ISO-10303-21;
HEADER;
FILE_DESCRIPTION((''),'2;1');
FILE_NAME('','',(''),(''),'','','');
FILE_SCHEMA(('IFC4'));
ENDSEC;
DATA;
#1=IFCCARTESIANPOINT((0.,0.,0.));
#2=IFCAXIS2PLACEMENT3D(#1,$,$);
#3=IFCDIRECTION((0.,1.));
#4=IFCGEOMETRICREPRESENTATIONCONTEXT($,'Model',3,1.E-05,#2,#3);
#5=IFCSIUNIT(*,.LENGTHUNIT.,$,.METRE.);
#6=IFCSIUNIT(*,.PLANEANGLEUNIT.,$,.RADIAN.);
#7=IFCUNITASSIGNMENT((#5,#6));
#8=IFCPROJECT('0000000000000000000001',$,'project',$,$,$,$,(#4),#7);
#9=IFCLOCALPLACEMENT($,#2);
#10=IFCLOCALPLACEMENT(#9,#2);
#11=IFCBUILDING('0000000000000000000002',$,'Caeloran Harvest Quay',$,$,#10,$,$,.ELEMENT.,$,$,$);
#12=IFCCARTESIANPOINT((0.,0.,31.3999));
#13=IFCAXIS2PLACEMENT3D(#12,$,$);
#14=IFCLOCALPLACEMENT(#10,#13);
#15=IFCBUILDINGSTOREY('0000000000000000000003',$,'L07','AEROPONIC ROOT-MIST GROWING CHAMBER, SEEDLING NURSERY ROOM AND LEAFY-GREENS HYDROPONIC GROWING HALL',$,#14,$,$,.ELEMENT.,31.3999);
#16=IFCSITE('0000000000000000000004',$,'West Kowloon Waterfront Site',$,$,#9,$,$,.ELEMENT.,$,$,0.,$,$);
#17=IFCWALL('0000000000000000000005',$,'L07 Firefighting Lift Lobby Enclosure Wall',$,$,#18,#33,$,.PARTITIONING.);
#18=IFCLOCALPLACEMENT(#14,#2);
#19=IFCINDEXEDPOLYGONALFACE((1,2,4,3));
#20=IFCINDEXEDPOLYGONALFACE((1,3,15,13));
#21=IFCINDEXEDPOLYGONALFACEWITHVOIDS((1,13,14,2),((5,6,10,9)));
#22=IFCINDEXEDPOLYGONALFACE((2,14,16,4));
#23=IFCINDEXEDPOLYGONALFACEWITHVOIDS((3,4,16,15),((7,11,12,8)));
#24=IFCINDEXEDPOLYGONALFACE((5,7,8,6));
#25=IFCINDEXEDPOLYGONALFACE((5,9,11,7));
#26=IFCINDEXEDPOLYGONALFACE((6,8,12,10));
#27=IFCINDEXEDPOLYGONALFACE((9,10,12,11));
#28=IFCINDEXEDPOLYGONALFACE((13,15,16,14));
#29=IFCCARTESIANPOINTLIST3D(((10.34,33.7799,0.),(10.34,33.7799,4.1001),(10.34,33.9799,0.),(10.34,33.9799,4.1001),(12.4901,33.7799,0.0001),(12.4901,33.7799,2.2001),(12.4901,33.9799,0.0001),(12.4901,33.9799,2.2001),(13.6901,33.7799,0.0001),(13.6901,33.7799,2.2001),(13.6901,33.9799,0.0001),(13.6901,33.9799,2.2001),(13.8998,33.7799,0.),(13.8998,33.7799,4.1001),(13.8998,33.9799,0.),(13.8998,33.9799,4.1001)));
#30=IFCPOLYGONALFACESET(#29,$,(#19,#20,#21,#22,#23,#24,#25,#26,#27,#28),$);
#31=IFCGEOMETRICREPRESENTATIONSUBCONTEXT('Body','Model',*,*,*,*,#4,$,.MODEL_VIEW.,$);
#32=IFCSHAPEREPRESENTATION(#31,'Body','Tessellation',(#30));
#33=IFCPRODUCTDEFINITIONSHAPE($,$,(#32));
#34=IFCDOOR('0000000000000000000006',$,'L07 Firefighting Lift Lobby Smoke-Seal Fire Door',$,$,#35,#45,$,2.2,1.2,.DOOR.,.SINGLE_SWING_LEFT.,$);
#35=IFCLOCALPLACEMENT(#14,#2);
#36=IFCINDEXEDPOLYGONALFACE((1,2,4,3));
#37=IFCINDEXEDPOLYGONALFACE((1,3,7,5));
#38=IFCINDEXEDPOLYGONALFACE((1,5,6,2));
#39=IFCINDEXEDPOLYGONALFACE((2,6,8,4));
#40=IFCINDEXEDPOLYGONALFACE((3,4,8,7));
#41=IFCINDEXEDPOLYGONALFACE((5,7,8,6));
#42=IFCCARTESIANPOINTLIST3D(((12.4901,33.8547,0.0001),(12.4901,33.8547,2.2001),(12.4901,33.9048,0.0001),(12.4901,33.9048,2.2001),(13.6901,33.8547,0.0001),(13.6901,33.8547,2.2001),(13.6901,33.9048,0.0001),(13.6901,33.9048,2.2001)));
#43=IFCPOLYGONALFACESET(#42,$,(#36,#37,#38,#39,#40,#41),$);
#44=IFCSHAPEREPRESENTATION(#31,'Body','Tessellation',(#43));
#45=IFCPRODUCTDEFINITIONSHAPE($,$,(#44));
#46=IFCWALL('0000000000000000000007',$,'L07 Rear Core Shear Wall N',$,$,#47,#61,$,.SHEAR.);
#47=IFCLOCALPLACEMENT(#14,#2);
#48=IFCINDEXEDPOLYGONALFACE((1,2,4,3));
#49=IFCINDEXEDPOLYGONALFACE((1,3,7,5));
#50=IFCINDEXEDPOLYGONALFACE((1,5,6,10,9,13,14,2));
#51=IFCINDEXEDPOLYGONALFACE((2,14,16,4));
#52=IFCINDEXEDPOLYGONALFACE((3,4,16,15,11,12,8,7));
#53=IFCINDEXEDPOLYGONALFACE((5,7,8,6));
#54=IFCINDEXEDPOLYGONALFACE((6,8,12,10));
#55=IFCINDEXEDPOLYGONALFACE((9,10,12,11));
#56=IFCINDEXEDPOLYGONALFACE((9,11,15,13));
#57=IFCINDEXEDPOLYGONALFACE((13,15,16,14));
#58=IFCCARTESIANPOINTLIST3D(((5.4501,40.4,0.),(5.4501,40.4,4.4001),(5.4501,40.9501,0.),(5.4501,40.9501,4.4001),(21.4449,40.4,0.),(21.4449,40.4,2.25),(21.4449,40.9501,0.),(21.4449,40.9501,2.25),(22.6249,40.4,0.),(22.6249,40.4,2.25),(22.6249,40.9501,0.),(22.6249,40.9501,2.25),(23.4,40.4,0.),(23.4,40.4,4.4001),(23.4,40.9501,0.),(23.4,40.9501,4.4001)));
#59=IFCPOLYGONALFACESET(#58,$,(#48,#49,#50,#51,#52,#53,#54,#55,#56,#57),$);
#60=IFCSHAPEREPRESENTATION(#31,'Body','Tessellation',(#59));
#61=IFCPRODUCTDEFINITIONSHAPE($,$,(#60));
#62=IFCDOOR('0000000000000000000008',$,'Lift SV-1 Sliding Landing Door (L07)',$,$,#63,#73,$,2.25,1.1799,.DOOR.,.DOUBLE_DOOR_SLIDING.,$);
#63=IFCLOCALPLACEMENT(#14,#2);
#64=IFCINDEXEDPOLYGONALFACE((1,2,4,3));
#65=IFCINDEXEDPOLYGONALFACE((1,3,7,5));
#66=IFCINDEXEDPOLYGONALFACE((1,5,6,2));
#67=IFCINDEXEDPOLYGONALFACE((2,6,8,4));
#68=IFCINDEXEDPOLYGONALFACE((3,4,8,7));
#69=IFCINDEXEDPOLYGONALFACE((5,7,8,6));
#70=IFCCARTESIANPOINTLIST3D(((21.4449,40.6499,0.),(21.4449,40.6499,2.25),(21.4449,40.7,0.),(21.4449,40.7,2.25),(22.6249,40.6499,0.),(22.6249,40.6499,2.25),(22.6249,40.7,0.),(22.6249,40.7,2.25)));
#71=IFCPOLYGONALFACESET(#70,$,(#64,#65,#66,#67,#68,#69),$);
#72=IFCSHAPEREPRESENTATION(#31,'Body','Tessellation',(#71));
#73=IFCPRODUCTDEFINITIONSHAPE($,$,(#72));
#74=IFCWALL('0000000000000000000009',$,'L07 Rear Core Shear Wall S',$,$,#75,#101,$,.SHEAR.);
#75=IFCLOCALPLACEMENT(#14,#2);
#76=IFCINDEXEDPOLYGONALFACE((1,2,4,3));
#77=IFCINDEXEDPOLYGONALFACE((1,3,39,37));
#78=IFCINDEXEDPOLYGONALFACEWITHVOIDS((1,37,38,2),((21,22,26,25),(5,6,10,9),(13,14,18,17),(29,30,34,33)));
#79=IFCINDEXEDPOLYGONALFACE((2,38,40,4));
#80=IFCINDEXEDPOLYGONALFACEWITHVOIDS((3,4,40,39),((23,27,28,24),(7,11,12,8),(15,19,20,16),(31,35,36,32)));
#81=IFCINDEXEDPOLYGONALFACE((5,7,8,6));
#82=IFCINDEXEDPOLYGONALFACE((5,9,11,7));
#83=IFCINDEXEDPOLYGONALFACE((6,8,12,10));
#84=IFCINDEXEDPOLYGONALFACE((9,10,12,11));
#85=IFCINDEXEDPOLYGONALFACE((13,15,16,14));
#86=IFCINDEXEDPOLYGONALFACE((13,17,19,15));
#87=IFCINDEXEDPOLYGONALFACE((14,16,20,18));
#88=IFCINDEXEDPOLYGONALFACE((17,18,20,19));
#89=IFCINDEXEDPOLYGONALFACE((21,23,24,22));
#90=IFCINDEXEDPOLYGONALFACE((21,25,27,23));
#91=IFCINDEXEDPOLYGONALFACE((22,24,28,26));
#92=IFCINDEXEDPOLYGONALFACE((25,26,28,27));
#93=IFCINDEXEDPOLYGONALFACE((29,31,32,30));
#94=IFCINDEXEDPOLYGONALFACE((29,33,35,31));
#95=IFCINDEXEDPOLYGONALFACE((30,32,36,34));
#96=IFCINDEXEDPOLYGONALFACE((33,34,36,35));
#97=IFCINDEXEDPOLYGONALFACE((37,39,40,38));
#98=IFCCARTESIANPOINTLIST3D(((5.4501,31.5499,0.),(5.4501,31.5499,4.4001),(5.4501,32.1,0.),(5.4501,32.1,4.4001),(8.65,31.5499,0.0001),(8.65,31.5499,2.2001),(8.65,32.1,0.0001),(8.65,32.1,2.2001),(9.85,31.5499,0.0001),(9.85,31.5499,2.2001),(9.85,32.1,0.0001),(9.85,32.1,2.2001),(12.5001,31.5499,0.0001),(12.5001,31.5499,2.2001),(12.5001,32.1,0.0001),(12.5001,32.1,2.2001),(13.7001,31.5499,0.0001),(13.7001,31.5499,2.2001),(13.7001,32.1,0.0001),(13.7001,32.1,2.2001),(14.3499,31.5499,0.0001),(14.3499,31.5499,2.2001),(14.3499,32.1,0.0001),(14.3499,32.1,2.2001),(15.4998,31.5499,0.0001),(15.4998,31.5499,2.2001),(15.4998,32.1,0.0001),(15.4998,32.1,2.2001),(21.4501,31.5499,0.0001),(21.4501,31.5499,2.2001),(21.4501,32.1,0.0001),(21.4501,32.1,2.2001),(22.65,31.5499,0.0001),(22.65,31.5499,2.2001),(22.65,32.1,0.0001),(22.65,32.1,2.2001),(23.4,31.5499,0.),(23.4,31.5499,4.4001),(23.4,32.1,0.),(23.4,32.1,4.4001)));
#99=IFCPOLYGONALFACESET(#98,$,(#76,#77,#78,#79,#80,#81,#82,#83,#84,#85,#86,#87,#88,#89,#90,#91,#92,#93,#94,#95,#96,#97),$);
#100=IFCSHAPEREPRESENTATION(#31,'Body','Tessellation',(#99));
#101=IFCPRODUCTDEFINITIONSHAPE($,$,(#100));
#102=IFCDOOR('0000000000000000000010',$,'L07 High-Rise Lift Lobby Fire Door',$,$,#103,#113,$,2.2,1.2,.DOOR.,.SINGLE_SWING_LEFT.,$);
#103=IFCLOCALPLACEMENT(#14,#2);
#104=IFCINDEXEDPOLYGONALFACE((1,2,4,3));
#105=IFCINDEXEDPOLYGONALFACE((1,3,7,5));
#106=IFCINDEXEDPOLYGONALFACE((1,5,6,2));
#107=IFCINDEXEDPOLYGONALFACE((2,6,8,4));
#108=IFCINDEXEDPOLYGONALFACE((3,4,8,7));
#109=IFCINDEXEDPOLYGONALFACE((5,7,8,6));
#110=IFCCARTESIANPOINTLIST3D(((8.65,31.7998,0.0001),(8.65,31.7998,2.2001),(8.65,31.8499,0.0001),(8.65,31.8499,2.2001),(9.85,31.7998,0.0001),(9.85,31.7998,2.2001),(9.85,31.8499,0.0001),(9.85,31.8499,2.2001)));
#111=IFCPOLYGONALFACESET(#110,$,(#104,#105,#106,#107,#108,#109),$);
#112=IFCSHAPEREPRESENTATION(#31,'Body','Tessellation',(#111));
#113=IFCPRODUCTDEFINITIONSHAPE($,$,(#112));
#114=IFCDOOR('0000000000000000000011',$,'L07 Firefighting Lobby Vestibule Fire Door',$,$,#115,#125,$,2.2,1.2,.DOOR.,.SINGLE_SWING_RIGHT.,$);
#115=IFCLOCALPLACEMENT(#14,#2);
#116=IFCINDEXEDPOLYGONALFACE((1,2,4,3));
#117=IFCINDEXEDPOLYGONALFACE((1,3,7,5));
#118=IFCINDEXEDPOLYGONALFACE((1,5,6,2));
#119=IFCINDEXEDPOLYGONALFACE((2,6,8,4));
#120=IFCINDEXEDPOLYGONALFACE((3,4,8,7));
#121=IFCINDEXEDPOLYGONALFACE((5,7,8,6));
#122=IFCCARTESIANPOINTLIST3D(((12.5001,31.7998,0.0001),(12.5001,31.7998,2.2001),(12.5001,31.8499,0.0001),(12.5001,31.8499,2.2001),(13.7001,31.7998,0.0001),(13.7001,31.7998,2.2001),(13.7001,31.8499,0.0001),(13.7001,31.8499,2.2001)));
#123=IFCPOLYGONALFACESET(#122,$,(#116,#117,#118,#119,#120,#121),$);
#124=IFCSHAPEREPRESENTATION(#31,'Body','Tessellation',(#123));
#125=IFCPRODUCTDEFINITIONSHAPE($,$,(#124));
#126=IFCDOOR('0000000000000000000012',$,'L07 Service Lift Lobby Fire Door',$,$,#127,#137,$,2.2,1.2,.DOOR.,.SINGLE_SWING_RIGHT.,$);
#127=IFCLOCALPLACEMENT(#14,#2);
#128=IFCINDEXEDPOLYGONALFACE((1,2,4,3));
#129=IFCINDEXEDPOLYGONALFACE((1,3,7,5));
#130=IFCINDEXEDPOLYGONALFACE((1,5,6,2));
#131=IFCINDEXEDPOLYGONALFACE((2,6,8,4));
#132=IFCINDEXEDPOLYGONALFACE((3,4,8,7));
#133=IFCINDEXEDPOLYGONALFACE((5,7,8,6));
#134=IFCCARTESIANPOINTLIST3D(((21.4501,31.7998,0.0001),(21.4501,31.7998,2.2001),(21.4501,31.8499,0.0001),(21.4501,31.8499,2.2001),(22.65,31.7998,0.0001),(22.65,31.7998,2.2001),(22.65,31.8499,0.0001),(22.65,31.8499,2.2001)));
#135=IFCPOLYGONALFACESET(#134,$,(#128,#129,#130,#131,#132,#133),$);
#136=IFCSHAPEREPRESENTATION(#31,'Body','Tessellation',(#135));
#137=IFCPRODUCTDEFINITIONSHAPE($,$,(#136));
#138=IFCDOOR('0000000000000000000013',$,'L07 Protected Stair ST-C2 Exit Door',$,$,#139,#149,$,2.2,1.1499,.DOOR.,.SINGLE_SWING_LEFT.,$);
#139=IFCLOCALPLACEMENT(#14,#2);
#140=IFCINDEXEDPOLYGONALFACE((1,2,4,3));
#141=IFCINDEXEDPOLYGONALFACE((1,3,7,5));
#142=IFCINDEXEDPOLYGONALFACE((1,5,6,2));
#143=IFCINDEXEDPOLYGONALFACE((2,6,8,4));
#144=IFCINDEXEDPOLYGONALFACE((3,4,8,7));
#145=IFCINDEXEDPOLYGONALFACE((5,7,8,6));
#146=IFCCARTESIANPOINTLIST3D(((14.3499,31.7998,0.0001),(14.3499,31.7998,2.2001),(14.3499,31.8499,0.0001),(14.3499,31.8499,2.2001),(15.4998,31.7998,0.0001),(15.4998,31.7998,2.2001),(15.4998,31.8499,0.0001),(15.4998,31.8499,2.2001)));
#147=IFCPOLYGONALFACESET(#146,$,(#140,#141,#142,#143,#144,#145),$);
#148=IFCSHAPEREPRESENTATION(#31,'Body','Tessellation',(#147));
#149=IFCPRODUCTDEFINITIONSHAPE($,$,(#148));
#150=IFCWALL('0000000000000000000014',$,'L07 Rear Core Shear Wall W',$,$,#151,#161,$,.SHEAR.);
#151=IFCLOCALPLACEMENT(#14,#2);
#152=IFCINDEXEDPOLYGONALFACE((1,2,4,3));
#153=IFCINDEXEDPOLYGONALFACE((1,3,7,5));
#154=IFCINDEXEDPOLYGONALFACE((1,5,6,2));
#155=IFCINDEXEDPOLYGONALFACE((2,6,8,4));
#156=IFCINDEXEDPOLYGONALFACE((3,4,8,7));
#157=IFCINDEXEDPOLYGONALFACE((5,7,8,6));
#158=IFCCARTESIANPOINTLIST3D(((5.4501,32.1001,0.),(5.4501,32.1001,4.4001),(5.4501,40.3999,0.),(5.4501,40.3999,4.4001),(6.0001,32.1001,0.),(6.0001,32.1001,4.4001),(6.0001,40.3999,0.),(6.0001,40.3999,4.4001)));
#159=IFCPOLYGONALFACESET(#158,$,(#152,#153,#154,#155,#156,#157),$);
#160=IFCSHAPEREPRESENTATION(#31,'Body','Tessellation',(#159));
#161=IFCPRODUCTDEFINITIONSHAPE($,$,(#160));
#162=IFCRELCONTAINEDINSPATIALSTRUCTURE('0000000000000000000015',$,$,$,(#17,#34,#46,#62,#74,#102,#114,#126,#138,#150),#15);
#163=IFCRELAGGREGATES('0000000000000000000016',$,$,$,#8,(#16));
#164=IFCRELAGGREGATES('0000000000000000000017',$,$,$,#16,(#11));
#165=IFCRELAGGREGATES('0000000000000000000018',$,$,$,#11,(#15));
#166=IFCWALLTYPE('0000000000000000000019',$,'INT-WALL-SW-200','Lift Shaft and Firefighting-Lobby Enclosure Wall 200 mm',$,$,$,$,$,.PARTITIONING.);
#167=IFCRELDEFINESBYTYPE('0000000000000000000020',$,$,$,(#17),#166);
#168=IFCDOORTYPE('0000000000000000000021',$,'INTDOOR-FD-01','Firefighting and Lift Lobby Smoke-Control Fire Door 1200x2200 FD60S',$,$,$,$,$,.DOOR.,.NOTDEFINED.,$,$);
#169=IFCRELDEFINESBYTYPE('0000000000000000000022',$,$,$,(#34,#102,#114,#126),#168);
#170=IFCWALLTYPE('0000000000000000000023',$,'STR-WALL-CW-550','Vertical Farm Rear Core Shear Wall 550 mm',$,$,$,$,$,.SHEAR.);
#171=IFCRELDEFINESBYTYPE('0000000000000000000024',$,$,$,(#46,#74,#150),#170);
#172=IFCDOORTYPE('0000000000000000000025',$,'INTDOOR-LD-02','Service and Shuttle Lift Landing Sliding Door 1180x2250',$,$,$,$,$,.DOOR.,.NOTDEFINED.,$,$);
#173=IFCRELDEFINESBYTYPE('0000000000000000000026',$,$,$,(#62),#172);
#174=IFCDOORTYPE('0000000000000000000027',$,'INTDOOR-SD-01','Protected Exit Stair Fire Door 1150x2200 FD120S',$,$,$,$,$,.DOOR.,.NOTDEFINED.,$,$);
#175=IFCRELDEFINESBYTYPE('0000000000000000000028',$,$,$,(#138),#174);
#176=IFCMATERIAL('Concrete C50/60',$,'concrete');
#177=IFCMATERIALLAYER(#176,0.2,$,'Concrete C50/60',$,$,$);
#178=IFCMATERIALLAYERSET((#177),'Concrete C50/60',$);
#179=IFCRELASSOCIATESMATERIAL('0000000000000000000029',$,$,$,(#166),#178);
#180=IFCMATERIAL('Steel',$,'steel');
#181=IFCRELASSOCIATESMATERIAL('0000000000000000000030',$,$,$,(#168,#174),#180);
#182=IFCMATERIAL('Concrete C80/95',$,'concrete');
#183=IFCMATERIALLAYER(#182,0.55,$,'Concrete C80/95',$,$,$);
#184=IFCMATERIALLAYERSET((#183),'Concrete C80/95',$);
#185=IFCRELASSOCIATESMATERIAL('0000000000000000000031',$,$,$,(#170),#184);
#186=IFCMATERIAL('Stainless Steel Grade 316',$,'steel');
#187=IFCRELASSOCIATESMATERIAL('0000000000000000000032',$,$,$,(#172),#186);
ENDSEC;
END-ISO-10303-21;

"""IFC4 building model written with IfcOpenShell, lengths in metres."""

from ifc_helpers import new_model, si_unit, direction, frame, frame_2d, origin, place, context, subcontext, project, spatial, rectangle, extrude, material, layer, layer_set, type_object, element, fill, save


model = new_model("IFC4")

# Units and contexts
model_context = context("Model", 3, precision=1e-05, world=origin(), true_north=direction((0.0, 1.0)))
body_context = subcontext(model_context, "Body", "Model", "MODEL_VIEW")
ifc_project = project(units=[si_unit("LENGTHUNIT", "METRE"), si_unit("PLANEANGLEUNIT", "RADIAN")], contexts=[model_context])

# Site, building, storey
site_placement = place(None, origin())
site = spatial("IfcSite", under=ifc_project, at=site_placement, Name="West Kowloon Waterfront Site", CompositionType="ELEMENT", RefElevation=0.0)
building_placement = place(site_placement, origin())
building = spatial("IfcBuilding", under=site, at=building_placement, Name="Caeloran Harvest Quay", CompositionType="ELEMENT")
storey_placement = place(building_placement, frame((0.0, 0.0, 31.3999)))
storey = spatial("IfcBuildingStorey", under=building, at=storey_placement, Name="L07", Description="AEROPONIC ROOT-MIST GROWING CHAMBER, SEEDLING NURSERY ROOM AND LEAFY-GREENS HYDROPONIC GROWING HALL", CompositionType="ELEMENT", Elevation=31.3999)

# Shared definitions
ifc_material_1 = material(Name="Concrete C80/95", Category="concrete")

# Shared definitions
ifc_material_2 = material(Name="Concrete C50/60", Category="concrete")
ifc_layer_1 = layer(ifc_material_2, 0.2, Name="Concrete C50/60")
ifc_layer_set_1 = layer_set([ifc_layer_1], Name="Concrete C50/60")
wall_type_1 = type_object("IfcWallType", Name="INT-WALL-SW-200", Description="Lift Shaft and Firefighting-Lobby Enclosure Wall 200 mm", PredefinedType="PARTITIONING", material=ifc_layer_set_1)

# Shared definitions
ifc_material_3 = material(Name="Stainless Steel Grade 316", Category="steel")

# Walls, openings, doors
wall_1_placement = place(storey_placement, frame((10.3401, 33.8799, 0.0), z_axis=(0.0, 0.0, 1.0), x_axis=(1.0, 0.0, 0.0)))
wall_1 = element("IfcWall", 1, at=wall_1_placement, inside=storey, type_object=wall_type_1, Name="L07 Firefighting Lift Lobby Enclosure Wall", PredefinedType="PARTITIONING", context=body_context, shape_type="SweptSolid", body=[
    extrude(rectangle(XDim=3.5598, YDim=0.2, at=frame_2d((1.7798, 0.0))), origin(), (0.0, 0.0, 1.0), 4.1001),
])
opening_1_placement = place(wall_1_placement, frame((2.1499, 0.0, 0.0)))
opening_1 = element("IfcOpeningElement", 2, at=opening_1_placement, cuts=wall_1, PredefinedType="OPENING", context=body_context, shape_type="SweptSolid", body=[
    extrude(rectangle(XDim=1.2, YDim=2.2, at=frame_2d((0.6001, 1.1001))), frame((0.0, 0.1099, 0.0), z_axis=(0.0, -1.0, 0.0), x_axis=(1.0, 0.0, 0.0)), (0.0, 0.0, 1.0), 0.22),
])
ifc_material_4 = material(Name="Steel", Category="steel")
door_type_1 = type_object("IfcDoorType", Name="INTDOOR-FD-01", Description="Firefighting and Lift Lobby Smoke-Control Fire Door 1200x2200 FD60S", OperationType="NOTDEFINED", PredefinedType="DOOR", material=ifc_material_4)
door_1_placement = place(opening_1_placement, origin())
door_1 = element("IfcDoor", 3, at=door_1_placement, inside=storey, type_object=door_type_1, Name="L07 Firefighting Lift Lobby Smoke-Seal Fire Door", OperationType="SINGLE_SWING_LEFT", OverallHeight=2.2, OverallWidth=1.2, PredefinedType="DOOR", context=body_context, shape_type="SweptSolid", body=[
    extrude(rectangle(XDim=1.2, YDim=2.2, at=frame_2d((0.6001, 1.1001))), frame((0.0, 0.0249, 0.0), z_axis=(0.0, -1.0, 0.0), x_axis=(1.0, 0.0, 0.0)), (0.0, 0.0, 1.0), 0.05),
])
fill(opening_1, door_1)
ifc_layer_2 = layer(ifc_material_1, 0.55, Name="Concrete C80/95")
ifc_layer_set_2 = layer_set([ifc_layer_2], Name="Concrete C80/95")
wall_type_2 = type_object("IfcWallType", Name="STR-WALL-CW-550", Description="Vertical Farm Rear Core Shear Wall 550 mm", PredefinedType="SHEAR", material=ifc_layer_set_2)
wall_2_placement = place(storey_placement, frame((5.45, 40.675, 0.0), z_axis=(0.0, 0.0, 1.0), x_axis=(1.0, 0.0, 0.0)))
wall_2 = element("IfcWall", 4, at=wall_2_placement, inside=storey, type_object=wall_type_2, Name="L07 Rear Core Shear Wall N", PredefinedType="SHEAR", context=body_context, shape_type="SweptSolid", body=[
    extrude(rectangle(XDim=17.95, YDim=0.55, at=frame_2d((8.9751, 0.0))), origin(), (0.0, 0.0, 1.0), 4.4001),
])
opening_2_placement = place(wall_2_placement, frame((15.9951, 0.0, 0.0)))
opening_2 = element("IfcOpeningElement", 5, at=opening_2_placement, cuts=wall_2, PredefinedType="OPENING", context=body_context, shape_type="SweptSolid", body=[
    extrude(rectangle(XDim=1.1799, YDim=2.25, at=frame_2d((0.5898, 1.125))), frame((0.0, 0.2852, 0.0), z_axis=(0.0, -1.0, 0.0), x_axis=(1.0, 0.0, 0.0)), (0.0, 0.0, 1.0), 0.5701),
])
door_type_2 = type_object("IfcDoorType", Name="INTDOOR-LD-02", Description="Service and Shuttle Lift Landing Sliding Door 1180x2250", OperationType="NOTDEFINED", PredefinedType="DOOR", material=ifc_material_3)
door_2_placement = place(opening_2_placement, origin())
door_2 = element("IfcDoor", 6, at=door_2_placement, inside=storey, type_object=door_type_2, Name="Lift SV-1 Sliding Landing Door (L07)", OperationType="DOUBLE_DOOR_SLIDING", OverallHeight=2.25, OverallWidth=1.1799, PredefinedType="DOOR", context=body_context, shape_type="SweptSolid", body=[
    extrude(rectangle(XDim=1.1799, YDim=2.25, at=frame_2d((0.5898, 1.125))), frame((0.0, 0.0249, 0.0), z_axis=(0.0, -1.0, 0.0), x_axis=(1.0, 0.0, 0.0)), (0.0, 0.0, 1.0), 0.05),
])
fill(opening_2, door_2)

# Wall, openings, doors
wall_3_placement = place(storey_placement, frame((5.45, 31.825, 0.0), z_axis=(0.0, 0.0, 1.0), x_axis=(1.0, 0.0, 0.0)))
wall_3 = element("IfcWall", 7, at=wall_3_placement, inside=storey, type_object=wall_type_2, Name="L07 Rear Core Shear Wall S", PredefinedType="SHEAR", context=body_context, shape_type="SweptSolid", body=[
    extrude(rectangle(XDim=17.95, YDim=0.55, at=frame_2d((8.9751, 0.0))), origin(), (0.0, 0.0, 1.0), 4.4001),
])
opening_3_placement = place(wall_3_placement, frame((3.2, 0.0, 0.0)))
opening_3 = element("IfcOpeningElement", 8, at=opening_3_placement, cuts=wall_3, PredefinedType="OPENING", context=body_context, shape_type="SweptSolid", body=[
    extrude(rectangle(XDim=1.2, YDim=2.2, at=frame_2d((0.6001, 1.1001))), frame((0.0, 0.2852, 0.0), z_axis=(0.0, -1.0, 0.0), x_axis=(1.0, 0.0, 0.0)), (0.0, 0.0, 1.0), 0.5701),
])
opening_4_placement = place(wall_3_placement, frame((7.05, 0.0, 0.0)))
opening_4 = element("IfcOpeningElement", 9, at=opening_4_placement, cuts=wall_3, PredefinedType="OPENING", context=body_context, shape_type="SweptSolid", body=[
    extrude(rectangle(XDim=1.2, YDim=2.2, at=frame_2d((0.6001, 1.1001))), frame((0.0, 0.2852, 0.0), z_axis=(0.0, -1.0, 0.0), x_axis=(1.0, 0.0, 0.0)), (0.0, 0.0, 1.0), 0.5701),
])
opening_5_placement = place(wall_3_placement, frame((8.8999, 0.0, 0.0)))
opening_5 = element("IfcOpeningElement", 10, at=opening_5_placement, cuts=wall_3, PredefinedType="OPENING", context=body_context, shape_type="SweptSolid", body=[
    extrude(rectangle(XDim=1.1499, YDim=2.2, at=frame_2d((0.575, 1.1001))), frame((0.0, 0.2852, 0.0), z_axis=(0.0, -1.0, 0.0), x_axis=(1.0, 0.0, 0.0)), (0.0, 0.0, 1.0), 0.5701),
])
opening_6_placement = place(wall_3_placement, frame((16.0, 0.0, 0.0)))
opening_6 = element("IfcOpeningElement", 11, at=opening_6_placement, cuts=wall_3, PredefinedType="OPENING", context=body_context, shape_type="SweptSolid", body=[
    extrude(rectangle(XDim=1.2, YDim=2.2, at=frame_2d((0.6001, 1.1001))), frame((0.0, 0.2852, 0.0), z_axis=(0.0, -1.0, 0.0), x_axis=(1.0, 0.0, 0.0)), (0.0, 0.0, 1.0), 0.5701),
])
door_3_placement = place(opening_3_placement, origin())
door_3 = element("IfcDoor", 12, at=door_3_placement, inside=storey, type_object=door_type_1, Name="L07 High-Rise Lift Lobby Fire Door", OperationType="SINGLE_SWING_LEFT", OverallHeight=2.2, OverallWidth=1.2, PredefinedType="DOOR", context=body_context, shape_type="SweptSolid", body=[
    extrude(rectangle(XDim=1.2, YDim=2.2, at=frame_2d((0.6001, 1.1001))), frame((0.0, 0.0249, 0.0), z_axis=(0.0, -1.0, 0.0), x_axis=(1.0, 0.0, 0.0)), (0.0, 0.0, 1.0), 0.05),
])
fill(opening_3, door_3)
door_4_placement = place(opening_4_placement, origin())
door_4 = element("IfcDoor", 13, at=door_4_placement, inside=storey, type_object=door_type_1, Name="L07 Firefighting Lobby Vestibule Fire Door", OperationType="SINGLE_SWING_RIGHT", OverallHeight=2.2, OverallWidth=1.2, PredefinedType="DOOR", context=body_context, shape_type="SweptSolid", body=[
    extrude(rectangle(XDim=1.2, YDim=2.2, at=frame_2d((0.6001, 1.1001))), frame((0.0, 0.0249, 0.0), z_axis=(0.0, -1.0, 0.0), x_axis=(1.0, 0.0, 0.0)), (0.0, 0.0, 1.0), 0.05),
])
fill(opening_4, door_4)
door_5_placement = place(opening_6_placement, origin())
door_5 = element("IfcDoor", 14, at=door_5_placement, inside=storey, type_object=door_type_1, Name="L07 Service Lift Lobby Fire Door", OperationType="SINGLE_SWING_RIGHT", OverallHeight=2.2, OverallWidth=1.2, PredefinedType="DOOR", context=body_context, shape_type="SweptSolid", body=[
    extrude(rectangle(XDim=1.2, YDim=2.2, at=frame_2d((0.6001, 1.1001))), frame((0.0, 0.0249, 0.0), z_axis=(0.0, -1.0, 0.0), x_axis=(1.0, 0.0, 0.0)), (0.0, 0.0, 1.0), 0.05),
])
fill(opening_6, door_5)
door_type_3 = type_object("IfcDoorType", Name="INTDOOR-SD-01", Description="Protected Exit Stair Fire Door 1150x2200 FD120S", OperationType="NOTDEFINED", PredefinedType="DOOR", material=ifc_material_4)
door_6_placement = place(opening_5_placement, origin())
door_6 = element("IfcDoor", 15, at=door_6_placement, inside=storey, type_object=door_type_3, Name="L07 Protected Stair ST-C2 Exit Door", OperationType="SINGLE_SWING_LEFT", OverallHeight=2.2, OverallWidth=1.1499, PredefinedType="DOOR", context=body_context, shape_type="SweptSolid", body=[
    extrude(rectangle(XDim=1.1499, YDim=2.2, at=frame_2d((0.575, 1.1001))), frame((0.0, 0.0249, 0.0), z_axis=(0.0, -1.0, 0.0), x_axis=(1.0, 0.0, 0.0)), (0.0, 0.0, 1.0), 0.05),
])
fill(opening_5, door_6)

# Wall
wall_4_placement = place(storey_placement, frame((5.7251, 32.1001, 0.0), z_axis=(0.0, 0.0, 1.0), x_axis=(0.0, 1.0, 0.0)))
element("IfcWall", 16, at=wall_4_placement, inside=storey, type_object=wall_type_2, Name="L07 Rear Core Shear Wall W", PredefinedType="SHEAR", context=body_context, shape_type="SweptSolid", body=[
    extrude(rectangle(XDim=8.2998, YDim=0.55, at=frame_2d((4.1499, 0.0))), origin(), (0.0, 0.0, 1.0), 4.4001),
])

save(model, "model.ifc")
